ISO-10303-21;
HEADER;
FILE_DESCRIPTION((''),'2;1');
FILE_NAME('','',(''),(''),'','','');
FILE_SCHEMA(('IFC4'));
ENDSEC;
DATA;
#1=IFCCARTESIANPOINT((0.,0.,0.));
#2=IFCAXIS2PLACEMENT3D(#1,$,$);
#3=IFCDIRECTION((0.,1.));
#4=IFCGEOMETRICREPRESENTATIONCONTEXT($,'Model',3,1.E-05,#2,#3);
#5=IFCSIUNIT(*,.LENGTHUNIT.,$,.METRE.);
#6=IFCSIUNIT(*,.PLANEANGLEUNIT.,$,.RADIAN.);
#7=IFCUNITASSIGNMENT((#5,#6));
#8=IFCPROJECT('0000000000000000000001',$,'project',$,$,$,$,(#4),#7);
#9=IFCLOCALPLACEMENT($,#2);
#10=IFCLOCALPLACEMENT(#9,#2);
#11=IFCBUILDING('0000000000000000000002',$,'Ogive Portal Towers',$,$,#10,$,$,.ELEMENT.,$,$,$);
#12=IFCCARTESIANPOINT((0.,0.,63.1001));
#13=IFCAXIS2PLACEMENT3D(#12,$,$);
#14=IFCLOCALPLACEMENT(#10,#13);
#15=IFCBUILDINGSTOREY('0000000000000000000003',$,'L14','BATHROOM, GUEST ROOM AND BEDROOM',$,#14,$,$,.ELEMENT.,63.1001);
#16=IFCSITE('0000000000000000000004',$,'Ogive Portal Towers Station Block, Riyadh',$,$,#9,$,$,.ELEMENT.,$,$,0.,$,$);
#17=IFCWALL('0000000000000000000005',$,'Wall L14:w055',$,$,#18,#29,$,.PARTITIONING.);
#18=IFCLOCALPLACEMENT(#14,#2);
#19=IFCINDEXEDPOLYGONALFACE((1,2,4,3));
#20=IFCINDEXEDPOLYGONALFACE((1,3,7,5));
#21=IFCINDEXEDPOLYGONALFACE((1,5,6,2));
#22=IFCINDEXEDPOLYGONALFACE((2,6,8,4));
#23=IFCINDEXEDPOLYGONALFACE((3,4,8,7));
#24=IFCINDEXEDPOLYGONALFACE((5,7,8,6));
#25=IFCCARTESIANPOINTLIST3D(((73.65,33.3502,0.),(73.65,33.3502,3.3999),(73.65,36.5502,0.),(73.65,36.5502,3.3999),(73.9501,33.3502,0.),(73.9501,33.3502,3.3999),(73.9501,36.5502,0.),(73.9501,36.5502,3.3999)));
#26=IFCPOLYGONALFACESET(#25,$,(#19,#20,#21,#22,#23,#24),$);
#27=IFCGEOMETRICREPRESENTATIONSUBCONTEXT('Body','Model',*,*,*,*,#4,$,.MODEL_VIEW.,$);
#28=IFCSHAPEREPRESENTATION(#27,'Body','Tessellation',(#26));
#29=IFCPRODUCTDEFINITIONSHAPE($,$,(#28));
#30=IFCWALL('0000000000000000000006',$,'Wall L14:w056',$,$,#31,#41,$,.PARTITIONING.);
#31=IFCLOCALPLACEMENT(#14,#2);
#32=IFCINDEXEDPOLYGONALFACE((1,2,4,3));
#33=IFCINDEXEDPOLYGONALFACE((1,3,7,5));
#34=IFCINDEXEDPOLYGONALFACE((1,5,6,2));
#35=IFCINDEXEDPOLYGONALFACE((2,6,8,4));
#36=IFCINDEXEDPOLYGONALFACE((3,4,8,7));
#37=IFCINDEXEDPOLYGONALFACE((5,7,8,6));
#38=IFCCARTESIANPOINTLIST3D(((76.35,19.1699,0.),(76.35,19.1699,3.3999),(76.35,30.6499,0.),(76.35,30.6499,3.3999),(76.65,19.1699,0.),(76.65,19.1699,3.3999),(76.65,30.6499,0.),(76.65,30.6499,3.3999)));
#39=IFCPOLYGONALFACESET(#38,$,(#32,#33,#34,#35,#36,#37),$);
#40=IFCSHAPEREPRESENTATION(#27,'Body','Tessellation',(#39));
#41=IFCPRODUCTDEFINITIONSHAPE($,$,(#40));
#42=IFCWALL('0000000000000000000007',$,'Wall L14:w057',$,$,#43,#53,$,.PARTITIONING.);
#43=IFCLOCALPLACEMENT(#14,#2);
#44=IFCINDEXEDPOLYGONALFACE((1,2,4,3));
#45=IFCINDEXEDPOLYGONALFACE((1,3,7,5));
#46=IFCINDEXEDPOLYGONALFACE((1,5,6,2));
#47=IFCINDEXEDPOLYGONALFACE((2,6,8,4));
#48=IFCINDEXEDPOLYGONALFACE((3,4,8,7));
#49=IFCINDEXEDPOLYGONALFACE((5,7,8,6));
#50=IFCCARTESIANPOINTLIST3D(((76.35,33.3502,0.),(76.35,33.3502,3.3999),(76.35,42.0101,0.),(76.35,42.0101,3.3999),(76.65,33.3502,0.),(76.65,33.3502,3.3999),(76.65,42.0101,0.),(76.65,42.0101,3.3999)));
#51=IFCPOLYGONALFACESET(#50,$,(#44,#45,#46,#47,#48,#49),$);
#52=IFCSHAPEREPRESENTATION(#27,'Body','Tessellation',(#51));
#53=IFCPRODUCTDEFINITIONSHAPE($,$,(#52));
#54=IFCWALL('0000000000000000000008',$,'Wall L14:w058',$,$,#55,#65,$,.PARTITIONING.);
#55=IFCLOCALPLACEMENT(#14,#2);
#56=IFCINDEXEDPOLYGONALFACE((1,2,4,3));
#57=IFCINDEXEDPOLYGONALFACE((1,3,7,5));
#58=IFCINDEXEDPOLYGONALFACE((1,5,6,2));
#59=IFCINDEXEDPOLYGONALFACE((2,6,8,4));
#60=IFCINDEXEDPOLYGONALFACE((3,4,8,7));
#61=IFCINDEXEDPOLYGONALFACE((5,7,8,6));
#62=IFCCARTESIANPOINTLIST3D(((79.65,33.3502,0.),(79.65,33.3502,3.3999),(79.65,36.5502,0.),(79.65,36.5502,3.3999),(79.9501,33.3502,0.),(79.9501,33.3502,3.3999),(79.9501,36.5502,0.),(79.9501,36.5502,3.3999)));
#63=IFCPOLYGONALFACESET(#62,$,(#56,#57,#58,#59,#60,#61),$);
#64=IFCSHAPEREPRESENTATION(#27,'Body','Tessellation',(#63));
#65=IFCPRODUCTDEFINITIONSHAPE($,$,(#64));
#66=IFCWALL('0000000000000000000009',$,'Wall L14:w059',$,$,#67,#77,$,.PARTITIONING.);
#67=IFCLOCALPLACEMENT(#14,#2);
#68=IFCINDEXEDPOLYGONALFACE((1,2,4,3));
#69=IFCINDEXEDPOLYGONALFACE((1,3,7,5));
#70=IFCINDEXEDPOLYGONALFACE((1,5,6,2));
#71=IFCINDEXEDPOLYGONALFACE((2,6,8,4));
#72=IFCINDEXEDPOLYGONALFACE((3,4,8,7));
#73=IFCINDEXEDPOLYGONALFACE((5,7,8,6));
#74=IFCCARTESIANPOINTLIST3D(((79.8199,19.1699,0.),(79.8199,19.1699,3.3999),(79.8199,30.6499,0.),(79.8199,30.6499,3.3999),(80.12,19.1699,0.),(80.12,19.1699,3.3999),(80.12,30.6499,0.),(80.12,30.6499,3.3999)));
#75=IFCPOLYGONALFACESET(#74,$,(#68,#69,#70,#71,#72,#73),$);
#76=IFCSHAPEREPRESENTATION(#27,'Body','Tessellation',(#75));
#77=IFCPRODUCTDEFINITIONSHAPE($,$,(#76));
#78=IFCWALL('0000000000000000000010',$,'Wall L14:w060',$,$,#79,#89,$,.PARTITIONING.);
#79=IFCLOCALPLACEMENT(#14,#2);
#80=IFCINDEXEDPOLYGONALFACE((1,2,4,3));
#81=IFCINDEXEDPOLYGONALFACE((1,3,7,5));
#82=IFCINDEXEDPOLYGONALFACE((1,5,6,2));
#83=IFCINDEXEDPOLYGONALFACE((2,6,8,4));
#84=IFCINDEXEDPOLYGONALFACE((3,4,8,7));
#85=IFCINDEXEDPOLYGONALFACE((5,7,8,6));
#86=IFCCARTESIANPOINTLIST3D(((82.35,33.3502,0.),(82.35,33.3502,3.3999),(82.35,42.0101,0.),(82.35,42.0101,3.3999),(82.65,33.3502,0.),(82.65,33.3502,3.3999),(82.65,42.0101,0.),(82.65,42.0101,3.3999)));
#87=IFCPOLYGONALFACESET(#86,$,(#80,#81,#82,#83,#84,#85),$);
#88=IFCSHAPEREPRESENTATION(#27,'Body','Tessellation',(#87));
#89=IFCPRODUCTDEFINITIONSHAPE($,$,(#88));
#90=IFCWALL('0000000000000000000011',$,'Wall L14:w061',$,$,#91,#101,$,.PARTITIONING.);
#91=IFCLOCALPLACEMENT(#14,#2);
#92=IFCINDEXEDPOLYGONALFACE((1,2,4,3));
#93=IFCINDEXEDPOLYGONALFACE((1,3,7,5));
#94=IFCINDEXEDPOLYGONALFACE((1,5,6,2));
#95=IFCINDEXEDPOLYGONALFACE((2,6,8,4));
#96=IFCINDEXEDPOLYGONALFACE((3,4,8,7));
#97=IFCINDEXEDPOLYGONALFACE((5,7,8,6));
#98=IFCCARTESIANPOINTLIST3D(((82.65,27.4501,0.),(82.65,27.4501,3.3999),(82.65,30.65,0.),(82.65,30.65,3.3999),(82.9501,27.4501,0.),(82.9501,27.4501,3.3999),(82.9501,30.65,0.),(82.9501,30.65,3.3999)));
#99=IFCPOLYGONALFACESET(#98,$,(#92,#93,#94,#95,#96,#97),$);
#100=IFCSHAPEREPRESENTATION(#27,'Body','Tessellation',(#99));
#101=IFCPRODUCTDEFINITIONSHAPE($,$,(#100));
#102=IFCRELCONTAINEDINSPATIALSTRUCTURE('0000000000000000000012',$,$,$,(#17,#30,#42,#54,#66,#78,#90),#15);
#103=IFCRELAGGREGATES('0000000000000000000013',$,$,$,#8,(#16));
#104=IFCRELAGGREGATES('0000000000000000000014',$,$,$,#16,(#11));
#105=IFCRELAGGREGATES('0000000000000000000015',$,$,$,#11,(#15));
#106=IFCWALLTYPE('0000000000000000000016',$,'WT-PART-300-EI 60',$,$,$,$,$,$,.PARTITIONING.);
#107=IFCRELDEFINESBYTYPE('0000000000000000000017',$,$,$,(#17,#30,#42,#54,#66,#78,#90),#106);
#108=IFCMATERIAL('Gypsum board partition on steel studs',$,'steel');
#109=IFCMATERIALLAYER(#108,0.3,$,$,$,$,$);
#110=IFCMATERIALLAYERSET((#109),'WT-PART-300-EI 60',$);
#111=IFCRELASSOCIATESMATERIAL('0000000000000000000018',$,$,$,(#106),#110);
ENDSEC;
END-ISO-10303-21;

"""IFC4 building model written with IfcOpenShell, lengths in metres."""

from ifc_helpers import new_model, si_unit, direction, frame, frame_2d, origin, place, context, subcontext, project, spatial, rectangle, extrude, material, layer, layer_set, type_object, element, save


model = new_model("IFC4")

# Units and contexts
model_context = context("Model", 3, precision=1e-05, world=origin(), true_north=direction((0.0, 1.0)))
body_context = subcontext(model_context, "Body", "Model", "MODEL_VIEW")
ifc_project = project(units=[si_unit("LENGTHUNIT", "METRE"), si_unit("PLANEANGLEUNIT", "RADIAN")], contexts=[model_context])

# Site, building, storey
site_placement = place(None, origin())
site = spatial("IfcSite", under=ifc_project, at=site_placement, Name="Ogive Portal Towers Station Block, Riyadh", CompositionType="ELEMENT", RefElevation=0.0)
building_placement = place(site_placement, origin())
building = spatial("IfcBuilding", under=site, at=building_placement, Name="Ogive Portal Towers", CompositionType="ELEMENT")
storey_placement = place(building_placement, frame((0.0, 0.0, 63.1001)))
storey = spatial("IfcBuildingStorey", under=building, at=storey_placement, Name="L14", Description="BATHROOM, GUEST ROOM AND BEDROOM", CompositionType="ELEMENT", Elevation=63.1001)

# Shared definitions
ifc_material_1 = material(Name="Gypsum board partition on steel studs", Category="steel")
ifc_layer_1 = layer(ifc_material_1, 0.3)
ifc_layer_set_1 = layer_set([ifc_layer_1], Name="WT-PART-300-EI 60")
wall_type_1 = type_object("IfcWallType", Name="WT-PART-300-EI 60", PredefinedType="PARTITIONING", material=ifc_layer_set_1)

# Walls
wall_1_placement = place(storey_placement, frame((73.8, 33.3501, 0.0), z_axis=(0.0, 0.0, 1.0), x_axis=(0.0, 1.0, 0.0)))
element("IfcWall", 1, at=wall_1_placement, inside=storey, type_object=wall_type_1, Name="Wall L14:w055", PredefinedType="PARTITIONING", context=body_context, shape_type="SweptSolid", body=[
    extrude(rectangle(XDim=3.2, YDim=0.3, at=frame_2d((1.6001, 0.0))), origin(), (0.0, 0.0, 1.0), 3.3999),
])
wall_2_placement = place(storey_placement, frame((76.5, 19.1699, 0.0), z_axis=(0.0, 0.0, 1.0), x_axis=(0.0, 1.0, 0.0)))
element("IfcWall", 2, at=wall_2_placement, inside=storey, type_object=wall_type_1, Name="Wall L14:w056", PredefinedType="PARTITIONING", context=body_context, shape_type="SweptSolid", body=[
    extrude(rectangle(XDim=11.48, YDim=0.3, at=frame_2d((5.74, 0.0))), origin(), (0.0, 0.0, 1.0), 3.3999),
])
wall_3_placement = place(storey_placement, frame((76.5, 33.3501, 0.0), z_axis=(0.0, 0.0, 1.0), x_axis=(0.0, 1.0, 0.0)))
element("IfcWall", 3, at=wall_3_placement, inside=storey, type_object=wall_type_1, Name="Wall L14:w057", PredefinedType="PARTITIONING", context=body_context, shape_type="SweptSolid", body=[
    extrude(rectangle(XDim=8.6599, YDim=0.3, at=frame_2d((4.3301, 0.0))), origin(), (0.0, 0.0, 1.0), 3.3999),
])
wall_4_placement = place(storey_placement, frame((79.8, 33.3501, 0.0), z_axis=(0.0, 0.0, 1.0), x_axis=(0.0, 1.0, 0.0)))
element("IfcWall", 4, at=wall_4_placement, inside=storey, type_object=wall_type_1, Name="Wall L14:w058", PredefinedType="PARTITIONING", context=body_context, shape_type="SweptSolid", body=[
    extrude(rectangle(XDim=3.2, YDim=0.3, at=frame_2d((1.6001, 0.0))), origin(), (0.0, 0.0, 1.0), 3.3999),
])
wall_5_placement = place(storey_placement, frame((79.97, 19.1699, 0.0), z_axis=(0.0, 0.0, 1.0), x_axis=(0.0, 1.0, 0.0)))
element("IfcWall", 5, at=wall_5_placement, inside=storey, type_object=wall_type_1, Name="Wall L14:w059", PredefinedType="PARTITIONING", context=body_context, shape_type="SweptSolid", body=[
    extrude(rectangle(XDim=11.48, YDim=0.3, at=frame_2d((5.74, 0.0))), origin(), (0.0, 0.0, 1.0), 3.3999),
])
wall_6_placement = place(storey_placement, frame((82.5, 33.3501, 0.0), z_axis=(0.0, 0.0, 1.0), x_axis=(0.0, 1.0, 0.0)))
element("IfcWall", 6, at=wall_6_placement, inside=storey, type_object=wall_type_1, Name="Wall L14:w060", PredefinedType="PARTITIONING", context=body_context, shape_type="SweptSolid", body=[
    extrude(rectangle(XDim=8.6599, YDim=0.3, at=frame_2d((4.3301, 0.0))), origin(), (0.0, 0.0, 1.0), 3.3999),
])
wall_7_placement = place(storey_placement, frame((82.8, 27.45, 0.0), z_axis=(0.0, 0.0, 1.0), x_axis=(0.0, 1.0, 0.0)))
element("IfcWall", 7, at=wall_7_placement, inside=storey, type_object=wall_type_1, Name="Wall L14:w061", PredefinedType="PARTITIONING", context=body_context, shape_type="SweptSolid", body=[
    extrude(rectangle(XDim=3.2, YDim=0.3, at=frame_2d((1.6001, 0.0))), origin(), (0.0, 0.0, 1.0), 3.3999),
])

save(model, "model.ifc")
